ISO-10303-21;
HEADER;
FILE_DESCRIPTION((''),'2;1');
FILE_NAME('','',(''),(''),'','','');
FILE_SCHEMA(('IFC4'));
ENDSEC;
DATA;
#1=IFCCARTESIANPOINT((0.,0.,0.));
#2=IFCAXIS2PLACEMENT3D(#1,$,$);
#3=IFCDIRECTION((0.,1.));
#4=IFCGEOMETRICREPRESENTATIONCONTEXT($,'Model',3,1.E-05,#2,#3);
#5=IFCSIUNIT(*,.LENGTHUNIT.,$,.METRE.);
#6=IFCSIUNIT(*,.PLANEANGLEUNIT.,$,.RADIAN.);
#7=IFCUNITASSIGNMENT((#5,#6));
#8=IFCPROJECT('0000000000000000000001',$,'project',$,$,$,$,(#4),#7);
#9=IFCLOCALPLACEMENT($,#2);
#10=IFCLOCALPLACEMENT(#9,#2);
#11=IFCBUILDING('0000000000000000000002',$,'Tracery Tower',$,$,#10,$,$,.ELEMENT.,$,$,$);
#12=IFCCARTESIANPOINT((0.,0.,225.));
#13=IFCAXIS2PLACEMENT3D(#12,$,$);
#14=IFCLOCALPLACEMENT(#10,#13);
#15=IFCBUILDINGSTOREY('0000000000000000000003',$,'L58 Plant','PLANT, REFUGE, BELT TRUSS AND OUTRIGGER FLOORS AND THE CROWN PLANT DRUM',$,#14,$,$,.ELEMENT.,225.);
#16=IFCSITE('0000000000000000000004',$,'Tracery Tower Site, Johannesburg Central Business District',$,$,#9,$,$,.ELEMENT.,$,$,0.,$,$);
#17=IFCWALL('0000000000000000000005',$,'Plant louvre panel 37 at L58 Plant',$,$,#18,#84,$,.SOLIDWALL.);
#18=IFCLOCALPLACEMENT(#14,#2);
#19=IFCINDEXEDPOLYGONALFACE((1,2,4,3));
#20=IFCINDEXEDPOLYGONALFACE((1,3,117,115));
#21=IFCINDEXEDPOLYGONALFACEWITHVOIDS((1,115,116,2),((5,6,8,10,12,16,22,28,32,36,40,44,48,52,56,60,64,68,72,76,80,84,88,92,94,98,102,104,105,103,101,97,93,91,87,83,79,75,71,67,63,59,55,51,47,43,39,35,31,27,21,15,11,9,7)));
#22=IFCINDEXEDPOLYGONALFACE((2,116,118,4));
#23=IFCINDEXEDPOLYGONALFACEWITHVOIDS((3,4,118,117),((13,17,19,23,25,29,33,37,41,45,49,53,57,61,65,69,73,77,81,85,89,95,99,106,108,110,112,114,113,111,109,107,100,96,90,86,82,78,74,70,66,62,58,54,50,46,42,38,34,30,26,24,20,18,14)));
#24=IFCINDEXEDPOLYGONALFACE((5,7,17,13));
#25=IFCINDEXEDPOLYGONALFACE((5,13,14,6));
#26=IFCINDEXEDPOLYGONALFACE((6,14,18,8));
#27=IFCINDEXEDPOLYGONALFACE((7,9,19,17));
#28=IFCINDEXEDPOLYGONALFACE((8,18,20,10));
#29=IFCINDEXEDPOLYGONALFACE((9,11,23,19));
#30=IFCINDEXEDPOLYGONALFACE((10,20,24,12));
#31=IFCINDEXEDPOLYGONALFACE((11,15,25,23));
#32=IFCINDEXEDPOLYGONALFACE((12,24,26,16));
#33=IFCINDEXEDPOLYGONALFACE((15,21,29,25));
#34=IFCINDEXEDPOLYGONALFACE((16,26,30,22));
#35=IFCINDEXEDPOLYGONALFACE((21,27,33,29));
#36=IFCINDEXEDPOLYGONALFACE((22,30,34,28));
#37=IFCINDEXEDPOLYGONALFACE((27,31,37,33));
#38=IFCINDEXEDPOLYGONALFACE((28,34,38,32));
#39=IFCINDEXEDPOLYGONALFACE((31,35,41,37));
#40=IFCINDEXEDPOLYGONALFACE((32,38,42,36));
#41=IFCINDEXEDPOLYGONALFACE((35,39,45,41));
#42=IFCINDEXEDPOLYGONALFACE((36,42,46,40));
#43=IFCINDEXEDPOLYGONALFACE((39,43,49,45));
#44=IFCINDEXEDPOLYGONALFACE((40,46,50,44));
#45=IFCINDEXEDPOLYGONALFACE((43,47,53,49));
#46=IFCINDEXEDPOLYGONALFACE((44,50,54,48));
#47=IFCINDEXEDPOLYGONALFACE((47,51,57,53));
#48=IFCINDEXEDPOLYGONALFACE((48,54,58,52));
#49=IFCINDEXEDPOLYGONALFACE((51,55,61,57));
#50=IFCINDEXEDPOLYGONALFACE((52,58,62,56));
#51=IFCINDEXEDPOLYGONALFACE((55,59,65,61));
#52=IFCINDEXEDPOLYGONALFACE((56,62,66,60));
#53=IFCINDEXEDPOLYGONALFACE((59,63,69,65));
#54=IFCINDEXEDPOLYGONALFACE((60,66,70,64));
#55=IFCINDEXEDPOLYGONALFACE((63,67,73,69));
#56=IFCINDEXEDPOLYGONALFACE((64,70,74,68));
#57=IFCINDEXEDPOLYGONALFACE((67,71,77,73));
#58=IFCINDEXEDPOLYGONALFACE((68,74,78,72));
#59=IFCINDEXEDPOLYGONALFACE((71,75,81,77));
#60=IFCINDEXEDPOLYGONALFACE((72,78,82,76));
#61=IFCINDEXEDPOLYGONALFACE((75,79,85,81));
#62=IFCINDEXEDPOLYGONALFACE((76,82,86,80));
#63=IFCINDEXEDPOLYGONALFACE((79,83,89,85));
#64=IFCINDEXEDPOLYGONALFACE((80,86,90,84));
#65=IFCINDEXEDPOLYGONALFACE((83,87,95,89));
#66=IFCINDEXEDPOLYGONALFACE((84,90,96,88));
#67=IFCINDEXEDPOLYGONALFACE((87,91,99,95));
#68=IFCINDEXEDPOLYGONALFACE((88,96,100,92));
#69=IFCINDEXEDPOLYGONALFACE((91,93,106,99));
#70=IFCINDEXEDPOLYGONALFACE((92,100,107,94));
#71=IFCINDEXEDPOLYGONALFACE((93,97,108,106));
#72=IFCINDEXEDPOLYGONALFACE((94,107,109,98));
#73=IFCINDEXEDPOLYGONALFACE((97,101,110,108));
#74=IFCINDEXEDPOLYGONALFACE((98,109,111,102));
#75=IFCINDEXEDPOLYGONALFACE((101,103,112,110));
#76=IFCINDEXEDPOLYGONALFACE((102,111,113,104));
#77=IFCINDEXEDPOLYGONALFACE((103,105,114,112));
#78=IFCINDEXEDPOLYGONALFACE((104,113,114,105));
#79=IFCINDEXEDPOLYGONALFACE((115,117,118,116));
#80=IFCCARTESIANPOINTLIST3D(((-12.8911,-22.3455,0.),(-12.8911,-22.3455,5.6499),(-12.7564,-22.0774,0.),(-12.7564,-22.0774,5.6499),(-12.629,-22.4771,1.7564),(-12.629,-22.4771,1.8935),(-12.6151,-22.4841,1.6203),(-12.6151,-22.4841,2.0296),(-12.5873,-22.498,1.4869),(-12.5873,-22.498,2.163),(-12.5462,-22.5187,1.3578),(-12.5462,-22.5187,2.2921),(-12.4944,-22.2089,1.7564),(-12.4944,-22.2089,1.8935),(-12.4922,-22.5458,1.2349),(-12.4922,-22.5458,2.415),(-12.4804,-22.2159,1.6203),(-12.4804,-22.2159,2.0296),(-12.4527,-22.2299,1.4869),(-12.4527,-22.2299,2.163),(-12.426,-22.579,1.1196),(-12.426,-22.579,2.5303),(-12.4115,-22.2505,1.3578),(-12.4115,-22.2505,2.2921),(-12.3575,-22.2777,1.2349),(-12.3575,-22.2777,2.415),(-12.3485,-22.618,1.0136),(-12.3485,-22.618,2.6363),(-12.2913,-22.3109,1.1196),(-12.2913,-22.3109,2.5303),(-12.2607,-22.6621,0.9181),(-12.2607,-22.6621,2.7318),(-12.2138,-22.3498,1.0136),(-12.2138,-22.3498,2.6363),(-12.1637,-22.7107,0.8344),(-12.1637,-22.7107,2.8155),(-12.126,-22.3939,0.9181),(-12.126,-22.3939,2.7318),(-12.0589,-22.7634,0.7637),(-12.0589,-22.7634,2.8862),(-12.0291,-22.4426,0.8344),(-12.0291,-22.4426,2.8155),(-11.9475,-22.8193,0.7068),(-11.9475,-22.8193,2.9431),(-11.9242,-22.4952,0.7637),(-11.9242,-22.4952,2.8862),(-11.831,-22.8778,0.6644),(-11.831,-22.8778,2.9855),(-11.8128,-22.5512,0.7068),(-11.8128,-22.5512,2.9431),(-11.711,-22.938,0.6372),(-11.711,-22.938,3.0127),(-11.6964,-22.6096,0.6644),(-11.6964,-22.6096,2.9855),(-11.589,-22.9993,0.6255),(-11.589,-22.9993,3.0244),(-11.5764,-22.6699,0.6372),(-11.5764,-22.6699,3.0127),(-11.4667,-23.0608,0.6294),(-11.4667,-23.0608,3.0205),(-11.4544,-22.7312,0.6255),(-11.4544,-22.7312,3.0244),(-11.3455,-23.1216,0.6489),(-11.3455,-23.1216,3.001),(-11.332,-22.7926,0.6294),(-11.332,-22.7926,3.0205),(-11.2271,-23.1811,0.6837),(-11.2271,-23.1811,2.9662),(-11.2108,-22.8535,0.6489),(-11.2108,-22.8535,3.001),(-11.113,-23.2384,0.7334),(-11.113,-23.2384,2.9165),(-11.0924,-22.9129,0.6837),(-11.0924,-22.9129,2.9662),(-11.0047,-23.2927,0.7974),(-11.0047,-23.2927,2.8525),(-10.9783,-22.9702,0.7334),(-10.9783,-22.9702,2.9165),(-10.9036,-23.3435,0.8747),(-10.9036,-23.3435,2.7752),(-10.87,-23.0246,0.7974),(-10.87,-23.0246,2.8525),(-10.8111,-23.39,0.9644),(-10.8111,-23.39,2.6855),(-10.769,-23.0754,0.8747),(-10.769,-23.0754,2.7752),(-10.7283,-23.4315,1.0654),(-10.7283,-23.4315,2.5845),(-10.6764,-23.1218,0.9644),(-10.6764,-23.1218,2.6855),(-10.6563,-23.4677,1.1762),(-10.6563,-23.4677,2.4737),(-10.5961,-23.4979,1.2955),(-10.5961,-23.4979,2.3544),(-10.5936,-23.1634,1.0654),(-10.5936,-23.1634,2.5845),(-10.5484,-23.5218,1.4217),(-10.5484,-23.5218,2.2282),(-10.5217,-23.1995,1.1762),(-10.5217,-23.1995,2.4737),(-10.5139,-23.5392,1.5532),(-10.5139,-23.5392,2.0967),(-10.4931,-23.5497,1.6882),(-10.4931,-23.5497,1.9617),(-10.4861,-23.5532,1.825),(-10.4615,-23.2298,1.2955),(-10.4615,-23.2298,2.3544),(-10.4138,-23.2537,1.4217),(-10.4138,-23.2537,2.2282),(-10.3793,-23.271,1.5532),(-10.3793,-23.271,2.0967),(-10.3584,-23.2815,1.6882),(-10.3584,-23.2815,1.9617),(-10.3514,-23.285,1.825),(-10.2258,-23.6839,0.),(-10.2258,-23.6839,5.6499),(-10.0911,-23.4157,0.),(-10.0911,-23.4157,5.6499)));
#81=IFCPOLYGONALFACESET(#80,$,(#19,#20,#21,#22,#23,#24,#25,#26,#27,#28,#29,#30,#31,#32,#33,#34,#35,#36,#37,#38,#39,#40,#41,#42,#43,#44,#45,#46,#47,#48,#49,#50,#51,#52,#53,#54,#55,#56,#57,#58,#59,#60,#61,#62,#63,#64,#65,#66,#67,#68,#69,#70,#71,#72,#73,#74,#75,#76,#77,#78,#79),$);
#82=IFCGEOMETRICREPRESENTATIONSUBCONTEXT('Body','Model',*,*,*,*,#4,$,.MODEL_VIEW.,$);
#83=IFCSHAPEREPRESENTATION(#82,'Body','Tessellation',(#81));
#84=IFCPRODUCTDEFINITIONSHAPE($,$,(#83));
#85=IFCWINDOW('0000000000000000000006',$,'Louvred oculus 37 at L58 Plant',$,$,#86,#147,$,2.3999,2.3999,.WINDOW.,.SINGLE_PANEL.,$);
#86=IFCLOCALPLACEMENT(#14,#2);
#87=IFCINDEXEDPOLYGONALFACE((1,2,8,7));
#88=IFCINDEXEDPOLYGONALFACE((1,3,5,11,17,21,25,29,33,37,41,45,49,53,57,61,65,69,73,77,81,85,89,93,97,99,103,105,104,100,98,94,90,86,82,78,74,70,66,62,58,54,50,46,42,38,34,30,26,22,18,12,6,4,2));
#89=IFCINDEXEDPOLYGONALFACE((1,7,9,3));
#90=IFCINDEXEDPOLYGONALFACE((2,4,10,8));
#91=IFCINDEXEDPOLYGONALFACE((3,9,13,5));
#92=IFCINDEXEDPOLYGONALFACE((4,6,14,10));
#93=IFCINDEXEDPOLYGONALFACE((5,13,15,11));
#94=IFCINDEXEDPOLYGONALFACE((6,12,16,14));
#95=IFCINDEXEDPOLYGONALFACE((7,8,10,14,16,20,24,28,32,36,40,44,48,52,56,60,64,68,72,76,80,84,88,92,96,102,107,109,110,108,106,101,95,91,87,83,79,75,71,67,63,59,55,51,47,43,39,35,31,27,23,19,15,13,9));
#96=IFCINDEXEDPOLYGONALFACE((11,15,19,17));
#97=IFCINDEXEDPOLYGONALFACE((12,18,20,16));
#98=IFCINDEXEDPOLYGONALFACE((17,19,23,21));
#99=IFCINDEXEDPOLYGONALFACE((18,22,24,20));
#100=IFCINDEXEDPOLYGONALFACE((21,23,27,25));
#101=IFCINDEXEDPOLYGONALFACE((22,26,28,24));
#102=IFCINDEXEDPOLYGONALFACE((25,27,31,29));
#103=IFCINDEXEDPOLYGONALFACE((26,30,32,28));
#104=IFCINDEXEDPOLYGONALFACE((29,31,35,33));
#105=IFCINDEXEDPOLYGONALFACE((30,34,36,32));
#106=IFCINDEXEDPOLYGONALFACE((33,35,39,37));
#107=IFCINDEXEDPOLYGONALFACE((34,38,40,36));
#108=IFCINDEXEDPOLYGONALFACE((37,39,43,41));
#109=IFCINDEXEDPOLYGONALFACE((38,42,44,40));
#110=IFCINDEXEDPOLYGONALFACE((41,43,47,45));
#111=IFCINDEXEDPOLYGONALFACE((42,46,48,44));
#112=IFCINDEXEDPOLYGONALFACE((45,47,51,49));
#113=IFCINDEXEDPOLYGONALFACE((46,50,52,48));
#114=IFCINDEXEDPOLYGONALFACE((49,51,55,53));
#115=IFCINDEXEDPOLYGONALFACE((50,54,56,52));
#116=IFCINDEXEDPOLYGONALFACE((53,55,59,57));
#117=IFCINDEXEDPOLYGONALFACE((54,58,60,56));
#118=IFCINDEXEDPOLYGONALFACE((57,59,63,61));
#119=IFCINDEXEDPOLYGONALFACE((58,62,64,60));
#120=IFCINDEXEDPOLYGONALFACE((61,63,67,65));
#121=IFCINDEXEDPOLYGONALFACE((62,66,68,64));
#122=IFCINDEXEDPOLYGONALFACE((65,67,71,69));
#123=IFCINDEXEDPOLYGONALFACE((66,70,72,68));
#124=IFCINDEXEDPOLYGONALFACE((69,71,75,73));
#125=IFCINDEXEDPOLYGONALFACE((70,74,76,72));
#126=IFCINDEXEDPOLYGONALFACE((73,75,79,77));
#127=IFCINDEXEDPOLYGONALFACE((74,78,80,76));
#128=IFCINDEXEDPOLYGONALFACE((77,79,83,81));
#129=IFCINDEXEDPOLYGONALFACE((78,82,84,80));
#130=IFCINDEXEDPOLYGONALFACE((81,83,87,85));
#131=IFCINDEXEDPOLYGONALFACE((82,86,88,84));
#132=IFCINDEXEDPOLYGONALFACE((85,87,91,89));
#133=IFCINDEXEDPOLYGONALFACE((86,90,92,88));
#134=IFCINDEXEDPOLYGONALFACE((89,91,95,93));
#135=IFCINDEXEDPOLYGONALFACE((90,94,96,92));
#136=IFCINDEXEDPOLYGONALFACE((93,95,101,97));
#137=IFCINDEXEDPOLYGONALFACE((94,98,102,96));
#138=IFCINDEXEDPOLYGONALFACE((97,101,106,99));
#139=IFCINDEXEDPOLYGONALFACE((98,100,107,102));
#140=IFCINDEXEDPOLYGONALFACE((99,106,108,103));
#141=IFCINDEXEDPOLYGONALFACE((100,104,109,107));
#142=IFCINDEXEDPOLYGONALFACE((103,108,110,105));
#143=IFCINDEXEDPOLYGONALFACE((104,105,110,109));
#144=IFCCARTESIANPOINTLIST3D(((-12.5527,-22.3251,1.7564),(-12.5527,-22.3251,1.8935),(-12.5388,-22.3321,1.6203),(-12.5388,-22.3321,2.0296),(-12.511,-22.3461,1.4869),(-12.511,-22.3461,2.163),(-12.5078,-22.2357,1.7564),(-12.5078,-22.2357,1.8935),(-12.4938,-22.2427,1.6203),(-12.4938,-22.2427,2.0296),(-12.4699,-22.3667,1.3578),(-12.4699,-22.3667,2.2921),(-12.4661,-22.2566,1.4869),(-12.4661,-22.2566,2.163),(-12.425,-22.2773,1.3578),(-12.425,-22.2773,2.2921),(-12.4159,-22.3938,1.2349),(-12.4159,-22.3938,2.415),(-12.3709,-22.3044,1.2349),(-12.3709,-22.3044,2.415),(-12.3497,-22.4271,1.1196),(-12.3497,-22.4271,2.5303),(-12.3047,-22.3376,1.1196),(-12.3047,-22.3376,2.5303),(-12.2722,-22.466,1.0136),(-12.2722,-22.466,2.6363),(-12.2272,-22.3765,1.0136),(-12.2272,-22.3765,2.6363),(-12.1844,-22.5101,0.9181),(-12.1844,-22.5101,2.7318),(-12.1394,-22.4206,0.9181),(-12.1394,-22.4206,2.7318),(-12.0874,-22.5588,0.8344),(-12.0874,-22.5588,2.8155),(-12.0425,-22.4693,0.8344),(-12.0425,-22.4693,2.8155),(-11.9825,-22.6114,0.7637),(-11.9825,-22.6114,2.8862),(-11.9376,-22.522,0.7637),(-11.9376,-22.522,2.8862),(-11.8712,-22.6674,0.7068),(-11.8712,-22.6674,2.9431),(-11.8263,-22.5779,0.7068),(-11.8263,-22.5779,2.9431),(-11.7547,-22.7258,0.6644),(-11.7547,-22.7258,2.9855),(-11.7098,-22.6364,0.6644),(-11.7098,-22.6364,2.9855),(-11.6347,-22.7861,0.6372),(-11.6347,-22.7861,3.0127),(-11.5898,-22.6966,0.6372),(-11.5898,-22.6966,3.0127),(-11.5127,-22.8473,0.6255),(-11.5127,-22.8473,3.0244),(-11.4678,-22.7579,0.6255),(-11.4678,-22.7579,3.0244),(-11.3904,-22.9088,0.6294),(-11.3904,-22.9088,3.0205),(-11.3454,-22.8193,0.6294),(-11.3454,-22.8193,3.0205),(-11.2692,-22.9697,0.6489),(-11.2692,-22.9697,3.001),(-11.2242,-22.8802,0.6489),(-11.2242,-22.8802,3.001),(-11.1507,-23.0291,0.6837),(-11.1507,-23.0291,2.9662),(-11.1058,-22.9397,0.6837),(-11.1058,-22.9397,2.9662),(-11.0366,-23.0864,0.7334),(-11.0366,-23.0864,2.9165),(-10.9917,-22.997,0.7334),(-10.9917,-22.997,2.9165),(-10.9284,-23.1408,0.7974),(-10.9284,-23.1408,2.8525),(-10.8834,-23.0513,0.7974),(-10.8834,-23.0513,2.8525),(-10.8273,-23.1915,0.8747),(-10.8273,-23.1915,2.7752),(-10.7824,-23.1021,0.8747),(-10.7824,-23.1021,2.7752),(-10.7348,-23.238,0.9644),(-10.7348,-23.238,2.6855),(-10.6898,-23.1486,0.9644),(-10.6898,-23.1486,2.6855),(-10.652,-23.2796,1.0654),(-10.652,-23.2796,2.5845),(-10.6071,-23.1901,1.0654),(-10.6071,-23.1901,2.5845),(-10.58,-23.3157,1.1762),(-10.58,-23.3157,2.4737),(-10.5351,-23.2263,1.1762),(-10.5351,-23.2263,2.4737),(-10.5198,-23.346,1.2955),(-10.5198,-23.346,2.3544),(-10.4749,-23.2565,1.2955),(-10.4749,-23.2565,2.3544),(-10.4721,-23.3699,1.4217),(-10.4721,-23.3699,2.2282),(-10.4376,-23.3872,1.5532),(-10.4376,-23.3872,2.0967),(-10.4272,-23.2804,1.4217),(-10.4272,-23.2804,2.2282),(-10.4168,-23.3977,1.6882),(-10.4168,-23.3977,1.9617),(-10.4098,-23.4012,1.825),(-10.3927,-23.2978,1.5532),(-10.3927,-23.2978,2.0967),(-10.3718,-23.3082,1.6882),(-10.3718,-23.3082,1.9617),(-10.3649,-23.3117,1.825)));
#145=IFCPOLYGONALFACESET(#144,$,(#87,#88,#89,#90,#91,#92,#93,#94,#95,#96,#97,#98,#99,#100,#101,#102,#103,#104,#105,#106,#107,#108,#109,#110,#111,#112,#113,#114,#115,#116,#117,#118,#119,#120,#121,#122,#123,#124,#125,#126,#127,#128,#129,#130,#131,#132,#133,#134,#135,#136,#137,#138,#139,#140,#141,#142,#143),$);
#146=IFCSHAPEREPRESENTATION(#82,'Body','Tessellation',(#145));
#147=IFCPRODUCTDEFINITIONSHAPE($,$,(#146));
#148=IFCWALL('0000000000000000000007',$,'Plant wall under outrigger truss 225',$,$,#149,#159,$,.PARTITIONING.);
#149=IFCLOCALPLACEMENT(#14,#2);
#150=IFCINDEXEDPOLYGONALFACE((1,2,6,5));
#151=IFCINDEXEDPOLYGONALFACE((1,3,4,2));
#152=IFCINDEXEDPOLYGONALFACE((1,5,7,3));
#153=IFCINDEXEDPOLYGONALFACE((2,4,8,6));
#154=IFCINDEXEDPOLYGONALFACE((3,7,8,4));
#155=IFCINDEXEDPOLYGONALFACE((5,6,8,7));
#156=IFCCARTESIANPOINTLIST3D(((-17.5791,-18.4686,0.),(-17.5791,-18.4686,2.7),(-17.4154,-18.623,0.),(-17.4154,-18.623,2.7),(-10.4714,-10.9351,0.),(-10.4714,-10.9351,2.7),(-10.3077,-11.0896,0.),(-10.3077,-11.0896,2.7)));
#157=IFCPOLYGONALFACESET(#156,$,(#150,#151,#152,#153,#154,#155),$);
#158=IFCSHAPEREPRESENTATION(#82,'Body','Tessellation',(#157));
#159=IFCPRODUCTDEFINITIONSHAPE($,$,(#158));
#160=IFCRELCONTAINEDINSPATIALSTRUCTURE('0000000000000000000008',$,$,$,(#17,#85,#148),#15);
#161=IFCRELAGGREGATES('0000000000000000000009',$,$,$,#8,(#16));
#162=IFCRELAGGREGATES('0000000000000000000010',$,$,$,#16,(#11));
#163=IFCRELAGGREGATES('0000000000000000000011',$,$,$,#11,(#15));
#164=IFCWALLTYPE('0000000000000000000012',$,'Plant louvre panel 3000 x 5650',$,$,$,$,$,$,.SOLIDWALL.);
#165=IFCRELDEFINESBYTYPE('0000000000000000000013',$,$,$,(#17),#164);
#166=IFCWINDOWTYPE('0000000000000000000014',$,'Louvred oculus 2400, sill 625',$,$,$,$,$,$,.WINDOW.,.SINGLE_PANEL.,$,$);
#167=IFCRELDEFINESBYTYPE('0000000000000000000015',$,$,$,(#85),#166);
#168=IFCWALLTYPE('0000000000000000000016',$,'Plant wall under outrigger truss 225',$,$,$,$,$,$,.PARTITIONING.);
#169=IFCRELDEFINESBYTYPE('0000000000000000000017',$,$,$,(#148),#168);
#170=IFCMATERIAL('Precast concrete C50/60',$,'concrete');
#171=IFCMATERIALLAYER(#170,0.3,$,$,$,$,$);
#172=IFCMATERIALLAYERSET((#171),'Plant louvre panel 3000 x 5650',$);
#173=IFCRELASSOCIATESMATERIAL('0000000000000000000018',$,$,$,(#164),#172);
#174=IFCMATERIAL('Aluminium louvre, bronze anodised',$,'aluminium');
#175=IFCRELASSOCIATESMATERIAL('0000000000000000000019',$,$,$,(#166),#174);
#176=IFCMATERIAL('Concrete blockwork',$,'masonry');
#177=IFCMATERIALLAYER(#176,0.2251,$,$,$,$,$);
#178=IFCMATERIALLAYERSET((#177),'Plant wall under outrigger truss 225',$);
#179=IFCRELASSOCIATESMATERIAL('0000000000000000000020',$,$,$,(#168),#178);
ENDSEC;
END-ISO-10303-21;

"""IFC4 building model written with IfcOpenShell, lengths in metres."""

from ifc_helpers import new_model, si_unit, direction, frame, frame_2d, origin, origin_2d, place, context, subcontext, project, spatial, rectangle, circle, extrude, material, layer, layer_set, type_object, element, fill, save


model = new_model("IFC4")

# Units and contexts
model_context = context("Model", 3, precision=1e-05, world=origin(), true_north=direction((0.0, 1.0)))
body_context = subcontext(model_context, "Body", "Model", "MODEL_VIEW")
ifc_project = project(units=[si_unit("LENGTHUNIT", "METRE"), si_unit("PLANEANGLEUNIT", "RADIAN")], contexts=[model_context])

# Site, building, storey
site_placement = place(None, origin())
site = spatial("IfcSite", under=ifc_project, at=site_placement, Name="Tracery Tower Site, Johannesburg Central Business District", CompositionType="ELEMENT", RefElevation=0.0)
building_placement = place(site_placement, origin())
building = spatial("IfcBuilding", under=site, at=building_placement, Name="Tracery Tower", CompositionType="ELEMENT")
storey_placement = place(building_placement, frame((0.0, 0.0, 225.0)))
storey = spatial("IfcBuildingStorey", under=building, at=storey_placement, Name="L58 Plant", Description="PLANT, REFUGE, BELT TRUSS AND OUTRIGGER FLOORS AND THE CROWN PLANT DRUM", CompositionType="ELEMENT", Elevation=225.0)

# Wall, opening, window
ifc_material_1 = material(Name="Precast concrete C50/60", Category="concrete")
ifc_layer_1 = layer(ifc_material_1, 0.3)
ifc_layer_set_1 = layer_set([ifc_layer_1], Name="Plant louvre panel 3000 x 5650")
wall_type_1 = type_object("IfcWallType", Name="Plant louvre panel 3000 x 5650", PredefinedType="SOLIDWALL", material=ifc_layer_set_1)
ifc_material_2 = material(Name="Aluminium louvre, bronze anodised", Category="aluminium")
window_type = type_object("IfcWindowType", Name="Louvred oculus 2400, sill 625", PartitioningType="SINGLE_PANEL", PredefinedType="WINDOW", material=ifc_material_2)
wall_1_placement = place(storey_placement, frame((-12.8237, -22.2114, 0.0), z_axis=(0.0, 0.0, 1.0), x_axis=(0.893656, -0.448752, 0.0)))
wall_1 = element("IfcWall", 1, at=wall_1_placement, inside=storey, type_object=wall_type_1, Name="Plant louvre panel 37 at L58 Plant", PredefinedType="SOLIDWALL", context=body_context, shape_type="SweptSolid", body=[
    extrude(rectangle(XDim=2.9824, YDim=0.3, at=frame_2d((1.4912, 0.0))), origin(), (0.0, 0.0, 1.0), 5.6499),
])
opening_1_placement = place(wall_1_placement, frame((1.4912, 0.0, 1.825)))
opening_1 = element("IfcOpeningElement", 2, at=opening_1_placement, cuts=wall_1, PredefinedType="OPENING", context=body_context, shape_type="SweptSolid", body=[
    extrude(circle(Radius=1.2, at=origin_2d()), frame((0.0, 0.1599, 0.0), z_axis=(0.0, -1.0, 0.0), x_axis=(1.0, 0.0, 0.0)), (0.0, 0.0, 1.0), 0.3201),
])
window_1_placement = place(opening_1_placement, origin())
window_1 = element("IfcWindow", 3, at=window_1_placement, inside=storey, type_object=window_type, Name="Louvred oculus 37 at L58 Plant", OverallHeight=2.3999, OverallWidth=2.3999, PartitioningType="SINGLE_PANEL", PredefinedType="WINDOW", context=body_context, shape_type="SweptSolid", body=[
    extrude(circle(Radius=1.2, at=origin_2d()), frame((0.0, 0.1201, 0.0), z_axis=(0.0, -1.0, 0.0), x_axis=(1.0, 0.0, 0.0)), (0.0, 0.0, 1.0), 0.1001),
])
fill(opening_1, window_1)

# Wall
ifc_material_3 = material(Name="Concrete blockwork", Category="masonry")
ifc_layer_2 = layer(ifc_material_3, 0.2251)
ifc_layer_set_2 = layer_set([ifc_layer_2], Name="Plant wall under outrigger truss 225")
wall_type_2 = type_object("IfcWallType", Name="Plant wall under outrigger truss 225", PredefinedType="PARTITIONING", material=ifc_layer_set_2)
wall_2_placement = place(storey_placement, frame((-17.4973, -18.5459, 0.0), z_axis=(0.0, 0.0, 1.0), x_axis=(0.686253, 0.727363, 0.0)))
element("IfcWall", 4, at=wall_2_placement, inside=storey, type_object=wall_type_2, Name="Plant wall under outrigger truss 225", PredefinedType="PARTITIONING", context=body_context, shape_type="SweptSolid", body=[
    extrude(rectangle(XDim=10.3572, YDim=0.2251, at=frame_2d((5.1787, 0.0))), origin(), (0.0, 0.0, 1.0), 2.7),
])

save(model, "model.ifc")
